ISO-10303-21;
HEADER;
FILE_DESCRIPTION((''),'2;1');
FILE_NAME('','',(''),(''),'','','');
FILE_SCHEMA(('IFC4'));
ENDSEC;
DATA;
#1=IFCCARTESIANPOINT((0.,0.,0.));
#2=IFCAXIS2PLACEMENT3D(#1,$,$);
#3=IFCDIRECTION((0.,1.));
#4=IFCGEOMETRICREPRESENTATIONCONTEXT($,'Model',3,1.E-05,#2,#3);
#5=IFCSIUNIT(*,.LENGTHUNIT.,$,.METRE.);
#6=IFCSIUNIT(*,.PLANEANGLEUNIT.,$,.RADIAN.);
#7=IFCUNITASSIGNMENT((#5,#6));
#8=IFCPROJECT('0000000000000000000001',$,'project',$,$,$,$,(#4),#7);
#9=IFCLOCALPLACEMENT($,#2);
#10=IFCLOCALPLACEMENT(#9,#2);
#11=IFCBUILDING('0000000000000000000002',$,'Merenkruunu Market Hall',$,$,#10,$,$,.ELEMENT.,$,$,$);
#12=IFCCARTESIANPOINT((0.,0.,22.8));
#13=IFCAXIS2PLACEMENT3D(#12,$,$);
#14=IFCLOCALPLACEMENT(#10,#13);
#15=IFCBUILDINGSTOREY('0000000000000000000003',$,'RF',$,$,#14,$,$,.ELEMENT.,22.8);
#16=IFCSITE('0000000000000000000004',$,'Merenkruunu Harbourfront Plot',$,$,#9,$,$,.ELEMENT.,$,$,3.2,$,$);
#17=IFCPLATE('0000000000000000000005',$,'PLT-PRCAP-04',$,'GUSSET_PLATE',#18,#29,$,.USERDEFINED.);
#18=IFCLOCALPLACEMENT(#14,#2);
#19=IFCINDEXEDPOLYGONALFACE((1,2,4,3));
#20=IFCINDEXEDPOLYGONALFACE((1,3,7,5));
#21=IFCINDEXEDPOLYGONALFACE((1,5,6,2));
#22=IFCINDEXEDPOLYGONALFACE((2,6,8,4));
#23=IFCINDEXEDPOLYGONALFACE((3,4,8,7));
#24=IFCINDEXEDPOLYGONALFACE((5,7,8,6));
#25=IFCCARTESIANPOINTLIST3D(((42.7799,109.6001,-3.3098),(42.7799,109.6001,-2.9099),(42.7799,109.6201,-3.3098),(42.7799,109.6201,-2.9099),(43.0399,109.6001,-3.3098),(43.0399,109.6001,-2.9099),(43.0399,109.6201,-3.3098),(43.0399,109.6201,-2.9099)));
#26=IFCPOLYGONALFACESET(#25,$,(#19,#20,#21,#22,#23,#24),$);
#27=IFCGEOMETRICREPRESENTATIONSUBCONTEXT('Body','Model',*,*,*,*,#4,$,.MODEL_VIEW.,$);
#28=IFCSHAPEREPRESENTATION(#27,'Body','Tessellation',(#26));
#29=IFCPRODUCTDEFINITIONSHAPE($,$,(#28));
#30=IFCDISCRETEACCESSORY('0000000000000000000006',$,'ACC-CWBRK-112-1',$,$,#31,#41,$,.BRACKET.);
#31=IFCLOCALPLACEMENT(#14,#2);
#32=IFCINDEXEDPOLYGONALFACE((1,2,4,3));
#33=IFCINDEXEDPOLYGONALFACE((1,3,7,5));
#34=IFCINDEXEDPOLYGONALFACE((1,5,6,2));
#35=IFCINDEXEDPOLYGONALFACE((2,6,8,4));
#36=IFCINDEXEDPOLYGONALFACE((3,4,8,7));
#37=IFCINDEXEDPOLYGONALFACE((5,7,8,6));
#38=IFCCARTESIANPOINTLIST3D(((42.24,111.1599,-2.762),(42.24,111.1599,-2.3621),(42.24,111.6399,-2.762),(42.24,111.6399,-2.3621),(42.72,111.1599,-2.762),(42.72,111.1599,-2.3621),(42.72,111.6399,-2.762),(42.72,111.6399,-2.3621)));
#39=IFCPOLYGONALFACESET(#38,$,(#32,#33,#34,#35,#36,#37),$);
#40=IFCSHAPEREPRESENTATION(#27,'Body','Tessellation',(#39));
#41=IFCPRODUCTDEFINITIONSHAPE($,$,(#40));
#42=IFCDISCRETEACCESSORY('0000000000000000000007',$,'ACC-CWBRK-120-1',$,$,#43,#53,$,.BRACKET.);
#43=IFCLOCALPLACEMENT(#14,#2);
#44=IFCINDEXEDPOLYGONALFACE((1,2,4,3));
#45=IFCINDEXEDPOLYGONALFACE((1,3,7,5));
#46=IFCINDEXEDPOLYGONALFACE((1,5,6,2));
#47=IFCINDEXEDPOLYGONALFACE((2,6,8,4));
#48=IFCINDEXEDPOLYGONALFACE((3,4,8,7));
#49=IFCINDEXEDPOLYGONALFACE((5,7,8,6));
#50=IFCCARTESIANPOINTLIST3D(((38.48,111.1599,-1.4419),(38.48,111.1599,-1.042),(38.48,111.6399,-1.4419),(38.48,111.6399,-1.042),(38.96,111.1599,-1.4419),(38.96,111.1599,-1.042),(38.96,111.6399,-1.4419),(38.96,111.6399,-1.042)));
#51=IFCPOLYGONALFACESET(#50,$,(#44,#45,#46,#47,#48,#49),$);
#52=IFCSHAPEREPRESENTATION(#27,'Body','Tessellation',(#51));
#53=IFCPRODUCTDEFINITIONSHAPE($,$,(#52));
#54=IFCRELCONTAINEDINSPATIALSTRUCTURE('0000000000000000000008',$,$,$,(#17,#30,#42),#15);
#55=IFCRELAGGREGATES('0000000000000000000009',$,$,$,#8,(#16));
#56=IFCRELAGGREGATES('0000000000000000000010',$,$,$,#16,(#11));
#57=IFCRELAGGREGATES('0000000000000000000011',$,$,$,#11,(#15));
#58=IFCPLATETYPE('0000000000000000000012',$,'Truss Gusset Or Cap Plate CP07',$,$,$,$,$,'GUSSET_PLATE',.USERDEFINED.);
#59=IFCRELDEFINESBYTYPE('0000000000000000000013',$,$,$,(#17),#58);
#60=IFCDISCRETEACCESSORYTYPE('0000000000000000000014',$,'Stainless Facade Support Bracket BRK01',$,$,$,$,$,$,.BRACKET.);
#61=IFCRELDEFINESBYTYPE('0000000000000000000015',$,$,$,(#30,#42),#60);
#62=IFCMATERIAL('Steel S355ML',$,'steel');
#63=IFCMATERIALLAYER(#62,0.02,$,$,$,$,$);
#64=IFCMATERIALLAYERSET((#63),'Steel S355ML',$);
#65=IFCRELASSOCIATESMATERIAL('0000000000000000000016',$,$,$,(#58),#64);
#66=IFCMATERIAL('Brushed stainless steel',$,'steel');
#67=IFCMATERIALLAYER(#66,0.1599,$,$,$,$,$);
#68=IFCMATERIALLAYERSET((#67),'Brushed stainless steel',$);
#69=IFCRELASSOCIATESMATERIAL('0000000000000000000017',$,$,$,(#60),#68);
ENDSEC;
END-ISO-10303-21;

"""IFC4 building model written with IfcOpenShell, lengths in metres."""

from ifc_helpers import new_model, si_unit, direction, frame, origin, origin_2d, place, context, subcontext, project, spatial, rectangle, extrude, material, layer, layer_set, type_object, element, save


model = new_model("IFC4")

# Units and contexts
model_context = context("Model", 3, precision=1e-05, world=origin(), true_north=direction((0.0, 1.0)))
body_context = subcontext(model_context, "Body", "Model", "MODEL_VIEW")
ifc_project = project(units=[si_unit("LENGTHUNIT", "METRE"), si_unit("PLANEANGLEUNIT", "RADIAN")], contexts=[model_context])

# Site, building, storey
site_placement = place(None, origin())
site = spatial("IfcSite", under=ifc_project, at=site_placement, Name="Merenkruunu Harbourfront Plot", CompositionType="ELEMENT", RefElevation=3.2)
building_placement = place(site_placement, origin())
building = spatial("IfcBuilding", under=site, at=building_placement, Name="Merenkruunu Market Hall", CompositionType="ELEMENT")
storey_placement = place(building_placement, frame((0.0, 0.0, 22.8)))
storey = spatial("IfcBuildingStorey", under=building, at=storey_placement, Name="RF", CompositionType="ELEMENT", Elevation=22.8)

# Shared definitions
ifc_material_1 = material(Name="Steel S355ML", Category="steel")

# Plate
ifc_layer_1 = layer(ifc_material_1, 0.02)
ifc_layer_set_1 = layer_set([ifc_layer_1], Name="Steel S355ML")
plate_type_1 = type_object("IfcPlateType", Name="Truss Gusset Or Cap Plate CP07", ElementType="GUSSET_PLATE", PredefinedType="USERDEFINED", material=ifc_layer_set_1)
plate_1_placement = place(storey_placement, frame((42.9099, 109.6101, -3.3098), z_axis=(0.0, 0.0, 1.0), x_axis=(1.0, 0.0, 0.0)))
element("IfcPlate", 1, at=plate_1_placement, inside=storey, type_object=plate_type_1, Name="PLT-PRCAP-04", ObjectType="GUSSET_PLATE", PredefinedType="USERDEFINED", context=body_context, shape_type="SweptSolid", body=[
    extrude(rectangle(XDim=0.26, YDim=0.02, at=origin_2d()), origin(), (0.0, 0.0, 1.0), 0.3999),
])

# Discrete accessories
ifc_material_2 = material(Name="Brushed stainless steel", Category="steel")
ifc_layer_2 = layer(ifc_material_2, 0.1599)
ifc_layer_set_2 = layer_set([ifc_layer_2], Name="Brushed stainless steel")
discrete_accessory_type = type_object("IfcDiscreteAccessoryType", Name="Stainless Facade Support Bracket BRK01", PredefinedType="BRACKET", material=ifc_layer_set_2)
for number, where, z_axis, x_axis, name in (
    (2, (42.48, 111.3999, -2.762), (0.0, 0.0, 1.0), (1.0, 0.0, 0.0), "ACC-CWBRK-112-1"),
    (3, (38.72, 111.3999, -1.4419), (0.0, 0.0, 1.0), (1.0, 0.0, 0.0), "ACC-CWBRK-120-1"),
):
    element("IfcDiscreteAccessory", number, at=place(storey_placement, frame(where, z_axis=z_axis, x_axis=x_axis)), inside=storey, type_object=discrete_accessory_type, Name=name, PredefinedType="BRACKET", context=body_context, shape_type="SweptSolid", body=[
        extrude(rectangle(XDim=0.48, YDim=0.48, at=origin_2d()), origin(), (0.0, 0.0, 1.0), 0.3999),
    ])

save(model, "model.ifc")
